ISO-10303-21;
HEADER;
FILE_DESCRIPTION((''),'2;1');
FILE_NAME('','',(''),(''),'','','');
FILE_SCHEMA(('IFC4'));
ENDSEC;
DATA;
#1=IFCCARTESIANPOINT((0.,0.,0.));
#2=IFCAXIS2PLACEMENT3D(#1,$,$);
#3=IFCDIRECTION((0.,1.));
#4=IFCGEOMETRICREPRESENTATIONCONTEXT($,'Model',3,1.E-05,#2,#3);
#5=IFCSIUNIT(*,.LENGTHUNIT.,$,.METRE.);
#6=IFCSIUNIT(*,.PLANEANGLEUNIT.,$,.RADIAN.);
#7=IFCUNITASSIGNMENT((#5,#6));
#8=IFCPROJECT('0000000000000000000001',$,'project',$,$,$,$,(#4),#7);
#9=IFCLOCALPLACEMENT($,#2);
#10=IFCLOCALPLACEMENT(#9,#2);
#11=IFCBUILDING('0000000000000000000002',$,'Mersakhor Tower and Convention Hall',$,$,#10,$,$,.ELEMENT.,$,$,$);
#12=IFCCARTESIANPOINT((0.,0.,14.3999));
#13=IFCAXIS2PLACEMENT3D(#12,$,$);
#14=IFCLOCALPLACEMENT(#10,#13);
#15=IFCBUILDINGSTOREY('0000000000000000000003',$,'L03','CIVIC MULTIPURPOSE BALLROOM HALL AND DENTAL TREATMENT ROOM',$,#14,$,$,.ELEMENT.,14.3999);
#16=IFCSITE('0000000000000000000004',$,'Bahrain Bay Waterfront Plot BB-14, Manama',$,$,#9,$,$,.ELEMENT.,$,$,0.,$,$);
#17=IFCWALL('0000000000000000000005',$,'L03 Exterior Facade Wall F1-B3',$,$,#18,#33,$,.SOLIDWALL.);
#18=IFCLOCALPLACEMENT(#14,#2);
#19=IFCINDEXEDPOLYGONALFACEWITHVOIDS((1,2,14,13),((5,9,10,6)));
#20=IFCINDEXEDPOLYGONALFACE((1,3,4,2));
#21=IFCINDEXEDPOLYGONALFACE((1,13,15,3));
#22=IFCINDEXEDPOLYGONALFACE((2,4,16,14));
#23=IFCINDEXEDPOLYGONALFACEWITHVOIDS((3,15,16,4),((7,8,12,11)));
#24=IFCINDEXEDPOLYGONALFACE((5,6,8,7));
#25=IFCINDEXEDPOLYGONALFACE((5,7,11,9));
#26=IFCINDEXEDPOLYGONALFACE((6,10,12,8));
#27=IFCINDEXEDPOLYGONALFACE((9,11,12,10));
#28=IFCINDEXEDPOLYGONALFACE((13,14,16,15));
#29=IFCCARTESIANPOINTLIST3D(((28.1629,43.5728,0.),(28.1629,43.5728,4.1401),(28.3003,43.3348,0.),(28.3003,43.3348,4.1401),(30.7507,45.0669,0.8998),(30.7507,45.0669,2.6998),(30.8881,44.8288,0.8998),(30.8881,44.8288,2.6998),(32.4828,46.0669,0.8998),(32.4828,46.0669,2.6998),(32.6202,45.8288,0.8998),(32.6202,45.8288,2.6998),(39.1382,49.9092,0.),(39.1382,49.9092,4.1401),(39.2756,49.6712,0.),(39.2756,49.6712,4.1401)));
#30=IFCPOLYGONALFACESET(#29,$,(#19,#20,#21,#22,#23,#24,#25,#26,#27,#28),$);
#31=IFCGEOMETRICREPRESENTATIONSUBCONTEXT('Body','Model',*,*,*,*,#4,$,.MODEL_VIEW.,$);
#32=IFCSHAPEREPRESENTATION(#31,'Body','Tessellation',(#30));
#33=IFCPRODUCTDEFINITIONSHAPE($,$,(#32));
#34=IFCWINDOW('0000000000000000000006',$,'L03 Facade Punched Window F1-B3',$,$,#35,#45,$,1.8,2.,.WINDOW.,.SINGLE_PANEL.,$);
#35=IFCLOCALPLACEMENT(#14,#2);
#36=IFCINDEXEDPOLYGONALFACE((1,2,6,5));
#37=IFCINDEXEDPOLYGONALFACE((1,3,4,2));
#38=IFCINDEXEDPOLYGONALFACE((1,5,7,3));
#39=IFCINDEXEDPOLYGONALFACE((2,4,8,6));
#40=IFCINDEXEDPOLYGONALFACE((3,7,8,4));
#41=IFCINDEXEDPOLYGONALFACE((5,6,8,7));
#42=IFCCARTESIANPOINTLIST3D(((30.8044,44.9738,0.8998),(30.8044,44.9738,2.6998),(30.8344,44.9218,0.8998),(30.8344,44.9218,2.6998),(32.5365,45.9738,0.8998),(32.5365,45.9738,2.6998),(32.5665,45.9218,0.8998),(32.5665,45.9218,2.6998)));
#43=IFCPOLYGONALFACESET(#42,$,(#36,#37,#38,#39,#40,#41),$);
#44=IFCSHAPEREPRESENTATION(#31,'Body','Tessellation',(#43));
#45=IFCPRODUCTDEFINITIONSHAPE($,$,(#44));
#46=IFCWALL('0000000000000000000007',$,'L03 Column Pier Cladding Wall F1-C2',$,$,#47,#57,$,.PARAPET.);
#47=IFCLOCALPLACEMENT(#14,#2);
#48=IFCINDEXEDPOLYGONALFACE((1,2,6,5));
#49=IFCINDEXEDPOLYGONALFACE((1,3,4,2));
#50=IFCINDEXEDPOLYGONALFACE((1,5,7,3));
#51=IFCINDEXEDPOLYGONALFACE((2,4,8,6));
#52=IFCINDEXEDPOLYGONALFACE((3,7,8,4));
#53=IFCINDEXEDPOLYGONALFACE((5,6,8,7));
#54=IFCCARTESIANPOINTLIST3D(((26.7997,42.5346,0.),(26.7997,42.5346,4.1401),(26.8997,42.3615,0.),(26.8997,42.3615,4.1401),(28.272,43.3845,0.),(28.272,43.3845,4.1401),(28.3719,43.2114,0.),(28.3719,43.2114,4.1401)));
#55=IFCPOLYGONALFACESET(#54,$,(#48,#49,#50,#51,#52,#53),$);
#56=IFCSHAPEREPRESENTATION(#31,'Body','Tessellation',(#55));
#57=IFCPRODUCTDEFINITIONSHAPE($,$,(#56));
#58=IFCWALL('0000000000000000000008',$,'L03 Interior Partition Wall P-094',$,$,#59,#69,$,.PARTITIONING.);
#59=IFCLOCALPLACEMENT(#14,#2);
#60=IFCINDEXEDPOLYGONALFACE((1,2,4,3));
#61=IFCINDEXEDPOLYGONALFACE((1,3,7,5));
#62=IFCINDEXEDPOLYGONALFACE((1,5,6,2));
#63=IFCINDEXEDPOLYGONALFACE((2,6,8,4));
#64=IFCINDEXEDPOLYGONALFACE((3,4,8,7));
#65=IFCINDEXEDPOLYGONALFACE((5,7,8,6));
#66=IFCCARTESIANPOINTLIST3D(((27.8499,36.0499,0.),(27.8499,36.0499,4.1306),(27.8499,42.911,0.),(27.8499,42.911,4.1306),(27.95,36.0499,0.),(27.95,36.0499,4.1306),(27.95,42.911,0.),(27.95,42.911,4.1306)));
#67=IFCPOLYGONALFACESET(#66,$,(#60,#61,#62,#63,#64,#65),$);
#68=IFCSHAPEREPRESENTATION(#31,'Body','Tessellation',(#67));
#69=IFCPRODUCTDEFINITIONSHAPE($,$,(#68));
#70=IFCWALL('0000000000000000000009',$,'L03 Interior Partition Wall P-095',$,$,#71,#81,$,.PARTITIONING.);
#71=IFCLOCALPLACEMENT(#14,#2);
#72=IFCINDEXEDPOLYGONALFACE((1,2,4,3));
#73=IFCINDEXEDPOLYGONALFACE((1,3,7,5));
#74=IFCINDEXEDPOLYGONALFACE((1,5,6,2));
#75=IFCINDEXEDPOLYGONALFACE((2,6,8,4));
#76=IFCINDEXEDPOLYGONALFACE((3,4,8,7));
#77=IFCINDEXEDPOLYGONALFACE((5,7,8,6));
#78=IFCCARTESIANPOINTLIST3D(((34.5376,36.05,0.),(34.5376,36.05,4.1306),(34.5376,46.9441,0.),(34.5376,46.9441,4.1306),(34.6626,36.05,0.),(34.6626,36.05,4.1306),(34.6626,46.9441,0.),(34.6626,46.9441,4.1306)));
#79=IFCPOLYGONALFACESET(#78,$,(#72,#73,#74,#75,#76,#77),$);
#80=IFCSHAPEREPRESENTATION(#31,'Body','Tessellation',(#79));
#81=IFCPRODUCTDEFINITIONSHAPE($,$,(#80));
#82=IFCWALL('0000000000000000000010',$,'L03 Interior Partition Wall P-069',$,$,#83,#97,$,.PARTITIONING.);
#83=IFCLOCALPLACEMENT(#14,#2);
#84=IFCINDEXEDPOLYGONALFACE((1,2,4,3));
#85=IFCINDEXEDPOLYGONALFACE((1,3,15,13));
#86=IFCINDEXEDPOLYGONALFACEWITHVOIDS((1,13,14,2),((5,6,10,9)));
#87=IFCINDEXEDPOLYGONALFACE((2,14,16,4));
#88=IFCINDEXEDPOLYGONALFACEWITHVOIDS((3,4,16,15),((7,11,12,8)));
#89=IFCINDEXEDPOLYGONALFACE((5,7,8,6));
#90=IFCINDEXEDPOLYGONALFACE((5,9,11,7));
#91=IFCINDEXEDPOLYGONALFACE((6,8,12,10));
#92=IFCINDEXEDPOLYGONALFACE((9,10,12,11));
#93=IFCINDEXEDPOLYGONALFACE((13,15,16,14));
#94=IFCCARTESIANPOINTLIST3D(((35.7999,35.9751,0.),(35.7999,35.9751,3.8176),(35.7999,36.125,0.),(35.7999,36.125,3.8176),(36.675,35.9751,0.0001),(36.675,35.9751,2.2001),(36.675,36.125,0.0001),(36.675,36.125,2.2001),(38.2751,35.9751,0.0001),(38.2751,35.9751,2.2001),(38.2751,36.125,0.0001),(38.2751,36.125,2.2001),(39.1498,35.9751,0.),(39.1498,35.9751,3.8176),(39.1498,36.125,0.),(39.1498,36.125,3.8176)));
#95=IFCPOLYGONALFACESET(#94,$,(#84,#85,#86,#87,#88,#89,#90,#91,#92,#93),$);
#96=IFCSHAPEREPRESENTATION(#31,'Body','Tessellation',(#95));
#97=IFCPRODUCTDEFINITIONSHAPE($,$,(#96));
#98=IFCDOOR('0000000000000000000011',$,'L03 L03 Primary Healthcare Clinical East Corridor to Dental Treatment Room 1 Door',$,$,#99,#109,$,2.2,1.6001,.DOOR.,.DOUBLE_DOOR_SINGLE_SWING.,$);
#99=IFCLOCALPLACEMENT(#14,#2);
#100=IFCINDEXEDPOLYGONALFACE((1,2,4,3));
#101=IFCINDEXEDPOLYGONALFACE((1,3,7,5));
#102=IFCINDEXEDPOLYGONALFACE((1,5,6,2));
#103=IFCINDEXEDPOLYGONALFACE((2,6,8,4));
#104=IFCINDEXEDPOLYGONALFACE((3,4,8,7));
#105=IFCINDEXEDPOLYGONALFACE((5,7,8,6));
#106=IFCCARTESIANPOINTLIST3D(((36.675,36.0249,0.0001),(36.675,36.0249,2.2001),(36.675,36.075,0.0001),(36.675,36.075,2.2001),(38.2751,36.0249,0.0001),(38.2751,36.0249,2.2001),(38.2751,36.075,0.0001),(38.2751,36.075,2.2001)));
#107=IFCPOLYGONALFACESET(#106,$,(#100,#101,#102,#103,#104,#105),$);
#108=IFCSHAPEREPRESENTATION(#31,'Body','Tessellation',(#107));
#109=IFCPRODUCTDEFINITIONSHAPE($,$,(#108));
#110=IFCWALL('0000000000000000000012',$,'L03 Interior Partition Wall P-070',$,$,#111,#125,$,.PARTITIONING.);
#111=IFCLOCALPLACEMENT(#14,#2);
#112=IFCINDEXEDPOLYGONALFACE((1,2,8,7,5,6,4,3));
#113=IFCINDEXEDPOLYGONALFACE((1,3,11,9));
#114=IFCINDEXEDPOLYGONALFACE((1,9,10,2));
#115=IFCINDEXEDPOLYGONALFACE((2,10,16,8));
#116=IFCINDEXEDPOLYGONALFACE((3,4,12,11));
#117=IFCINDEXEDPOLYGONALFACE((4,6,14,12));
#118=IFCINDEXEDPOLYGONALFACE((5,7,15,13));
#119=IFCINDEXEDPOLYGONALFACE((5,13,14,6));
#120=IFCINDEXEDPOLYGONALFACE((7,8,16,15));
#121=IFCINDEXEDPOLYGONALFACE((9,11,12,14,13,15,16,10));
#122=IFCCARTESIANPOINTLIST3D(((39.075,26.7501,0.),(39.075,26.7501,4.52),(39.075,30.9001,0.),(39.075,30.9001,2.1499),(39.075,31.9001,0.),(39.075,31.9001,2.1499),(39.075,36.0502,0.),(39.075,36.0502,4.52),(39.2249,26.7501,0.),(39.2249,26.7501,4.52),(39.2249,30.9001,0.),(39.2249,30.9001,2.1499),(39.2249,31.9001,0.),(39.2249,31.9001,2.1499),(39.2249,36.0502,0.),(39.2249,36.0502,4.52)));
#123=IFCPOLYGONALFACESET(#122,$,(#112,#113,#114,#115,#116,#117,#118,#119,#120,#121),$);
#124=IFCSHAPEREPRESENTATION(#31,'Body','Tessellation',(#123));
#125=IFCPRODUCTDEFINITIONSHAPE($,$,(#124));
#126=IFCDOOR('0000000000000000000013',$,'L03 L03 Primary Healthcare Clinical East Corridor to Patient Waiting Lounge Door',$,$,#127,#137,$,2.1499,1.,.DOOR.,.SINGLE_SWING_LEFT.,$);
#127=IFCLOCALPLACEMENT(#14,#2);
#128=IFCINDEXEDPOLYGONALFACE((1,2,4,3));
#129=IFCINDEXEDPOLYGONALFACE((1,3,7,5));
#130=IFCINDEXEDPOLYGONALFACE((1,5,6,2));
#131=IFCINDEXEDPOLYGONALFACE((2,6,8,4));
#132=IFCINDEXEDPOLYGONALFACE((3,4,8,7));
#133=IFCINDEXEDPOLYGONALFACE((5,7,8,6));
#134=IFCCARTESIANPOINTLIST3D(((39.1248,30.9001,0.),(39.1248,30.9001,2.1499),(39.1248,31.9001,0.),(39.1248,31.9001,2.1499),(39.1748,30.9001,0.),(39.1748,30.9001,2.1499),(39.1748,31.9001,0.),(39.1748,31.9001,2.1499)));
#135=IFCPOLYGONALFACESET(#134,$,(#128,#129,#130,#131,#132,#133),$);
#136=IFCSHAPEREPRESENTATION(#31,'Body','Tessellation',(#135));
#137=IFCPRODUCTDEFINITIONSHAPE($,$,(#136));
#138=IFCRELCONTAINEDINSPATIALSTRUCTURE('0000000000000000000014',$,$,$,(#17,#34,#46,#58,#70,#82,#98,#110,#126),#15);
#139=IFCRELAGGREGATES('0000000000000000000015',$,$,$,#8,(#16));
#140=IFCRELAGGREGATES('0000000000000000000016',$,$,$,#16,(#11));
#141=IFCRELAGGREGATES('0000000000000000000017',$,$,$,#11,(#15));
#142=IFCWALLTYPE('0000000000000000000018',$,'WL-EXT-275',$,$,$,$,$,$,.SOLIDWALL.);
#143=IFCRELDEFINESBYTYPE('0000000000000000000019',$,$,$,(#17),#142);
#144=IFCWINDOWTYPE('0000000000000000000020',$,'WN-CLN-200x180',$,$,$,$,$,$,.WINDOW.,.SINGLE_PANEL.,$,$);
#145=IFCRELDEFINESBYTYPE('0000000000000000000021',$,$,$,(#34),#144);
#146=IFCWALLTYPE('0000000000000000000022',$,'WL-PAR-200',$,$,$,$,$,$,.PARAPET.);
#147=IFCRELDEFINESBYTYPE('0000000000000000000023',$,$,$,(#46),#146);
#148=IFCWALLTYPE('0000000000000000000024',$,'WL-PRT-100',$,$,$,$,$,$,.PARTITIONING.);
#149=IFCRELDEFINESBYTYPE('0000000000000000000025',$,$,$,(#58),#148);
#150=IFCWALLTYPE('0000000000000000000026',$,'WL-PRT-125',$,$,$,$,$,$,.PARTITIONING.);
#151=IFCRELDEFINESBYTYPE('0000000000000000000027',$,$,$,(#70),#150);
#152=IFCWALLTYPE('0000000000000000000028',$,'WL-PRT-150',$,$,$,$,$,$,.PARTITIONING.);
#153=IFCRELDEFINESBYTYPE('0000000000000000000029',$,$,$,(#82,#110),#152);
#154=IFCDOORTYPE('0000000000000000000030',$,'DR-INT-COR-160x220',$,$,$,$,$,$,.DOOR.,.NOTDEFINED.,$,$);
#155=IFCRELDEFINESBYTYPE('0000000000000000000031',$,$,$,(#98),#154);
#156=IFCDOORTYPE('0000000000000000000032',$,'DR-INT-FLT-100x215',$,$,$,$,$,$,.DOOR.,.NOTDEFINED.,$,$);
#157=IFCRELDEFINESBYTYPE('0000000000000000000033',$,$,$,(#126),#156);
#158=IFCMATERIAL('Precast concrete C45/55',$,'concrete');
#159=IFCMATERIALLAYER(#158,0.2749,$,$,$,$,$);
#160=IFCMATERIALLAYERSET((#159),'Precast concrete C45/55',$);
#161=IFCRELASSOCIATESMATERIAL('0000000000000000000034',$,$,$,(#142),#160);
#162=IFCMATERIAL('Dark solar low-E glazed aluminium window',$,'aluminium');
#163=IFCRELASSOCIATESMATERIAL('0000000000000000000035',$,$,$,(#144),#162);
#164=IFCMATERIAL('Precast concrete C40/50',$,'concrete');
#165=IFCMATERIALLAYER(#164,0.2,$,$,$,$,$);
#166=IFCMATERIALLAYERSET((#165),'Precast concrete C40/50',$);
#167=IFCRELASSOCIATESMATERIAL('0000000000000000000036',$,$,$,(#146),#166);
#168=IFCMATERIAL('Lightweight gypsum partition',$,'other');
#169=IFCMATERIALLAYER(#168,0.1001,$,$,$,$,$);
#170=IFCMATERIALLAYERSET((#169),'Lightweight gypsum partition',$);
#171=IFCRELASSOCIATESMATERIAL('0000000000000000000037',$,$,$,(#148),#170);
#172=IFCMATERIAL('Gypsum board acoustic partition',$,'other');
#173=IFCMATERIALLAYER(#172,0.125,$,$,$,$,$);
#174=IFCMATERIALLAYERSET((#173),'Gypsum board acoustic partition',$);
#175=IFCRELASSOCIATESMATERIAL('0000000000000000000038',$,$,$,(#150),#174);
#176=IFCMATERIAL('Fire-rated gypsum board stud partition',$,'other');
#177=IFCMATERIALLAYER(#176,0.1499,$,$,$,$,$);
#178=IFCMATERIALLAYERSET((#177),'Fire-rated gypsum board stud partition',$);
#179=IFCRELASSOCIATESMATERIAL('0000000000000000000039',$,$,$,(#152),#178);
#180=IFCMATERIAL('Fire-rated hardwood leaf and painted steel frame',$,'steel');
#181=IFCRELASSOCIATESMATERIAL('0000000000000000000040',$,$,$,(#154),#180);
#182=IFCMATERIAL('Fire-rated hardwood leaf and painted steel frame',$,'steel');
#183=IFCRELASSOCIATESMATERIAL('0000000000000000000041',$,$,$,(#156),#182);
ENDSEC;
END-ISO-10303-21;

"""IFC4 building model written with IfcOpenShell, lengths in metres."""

from ifc_helpers import new_model, si_unit, direction, frame, frame_2d, origin, place, context, subcontext, project, spatial, rectangle, extrude, material, layer, layer_set, type_object, element, fill, save


model = new_model("IFC4")

# Units and contexts
model_context = context("Model", 3, precision=1e-05, world=origin(), true_north=direction((0.0, 1.0)))
body_context = subcontext(model_context, "Body", "Model", "MODEL_VIEW")
ifc_project = project(units=[si_unit("LENGTHUNIT", "METRE"), si_unit("PLANEANGLEUNIT", "RADIAN")], contexts=[model_context])

# Site, building, storey
site_placement = place(None, origin())
site = spatial("IfcSite", under=ifc_project, at=site_placement, Name="Bahrain Bay Waterfront Plot BB-14, Manama", CompositionType="ELEMENT", RefElevation=0.0)
building_placement = place(site_placement, origin())
building = spatial("IfcBuilding", under=site, at=building_placement, Name="Mersakhor Tower and Convention Hall", CompositionType="ELEMENT")
storey_placement = place(building_placement, frame((0.0, 0.0, 14.3999)))
storey = spatial("IfcBuildingStorey", under=building, at=storey_placement, Name="L03", Description="CIVIC MULTIPURPOSE BALLROOM HALL AND DENTAL TREATMENT ROOM", CompositionType="ELEMENT", Elevation=14.3999)

# Shared definitions
ifc_material_1 = material(Name="Precast concrete C45/55", Category="concrete")
ifc_layer_1 = layer(ifc_material_1, 0.2749)
ifc_layer_set_1 = layer_set([ifc_layer_1], Name="Precast concrete C45/55")
wall_type_1 = type_object("IfcWallType", Name="WL-EXT-275", PredefinedType="SOLIDWALL", material=ifc_layer_set_1)

# Wall, opening, window
wall_1_placement = place(storey_placement, frame((28.2317, 43.4539, 0.0), z_axis=(0.0, 0.0, 1.0), x_axis=(0.866032, 0.499989, 0.0)))
wall_1 = element("IfcWall", 1, at=wall_1_placement, inside=storey, type_object=wall_type_1, Name="L03 Exterior Facade Wall F1-B3", PredefinedType="SOLIDWALL", context=body_context, shape_type="SweptSolid", body=[
    extrude(rectangle(XDim=12.6731, YDim=0.2749, at=frame_2d((6.3364, 0.0))), origin(), (0.0, 0.0, 1.0), 4.1401),
])
opening_1_placement = place(wall_1_placement, frame((2.988, 0.0, 0.8999)))
opening_1 = element("IfcOpeningElement", 2, at=opening_1_placement, cuts=wall_1, PredefinedType="OPENING", context=body_context, shape_type="SweptSolid", body=[
    extrude(rectangle(XDim=2.0, YDim=1.8, at=frame_2d((1.0, 0.8999))), frame((0.0, 0.1475, 0.0), z_axis=(0.0, -1.0, 0.0), x_axis=(1.0, 0.0, 0.0)), (0.0, 0.0, 1.0), 0.2949),
])
ifc_material_2 = material(Name="Dark solar low-E glazed aluminium window", Category="aluminium")
window_type = type_object("IfcWindowType", Name="WN-CLN-200x180", PartitioningType="SINGLE_PANEL", PredefinedType="WINDOW", material=ifc_material_2)
window_placement = place(opening_1_placement, origin())
window = element("IfcWindow", 3, at=window_placement, inside=storey, type_object=window_type, Name="L03 Facade Punched Window F1-B3", OverallHeight=1.8, OverallWidth=2.0, PartitioningType="SINGLE_PANEL", PredefinedType="WINDOW", context=body_context, shape_type="SweptSolid", body=[
    extrude(rectangle(XDim=2.0, YDim=1.8, at=frame_2d((1.0, 0.8999))), frame((0.0, 0.03, 0.0), z_axis=(0.0, -1.0, 0.0), x_axis=(1.0, 0.0, 0.0)), (0.0, 0.0, 1.0), 0.0601),
])
fill(opening_1, window)

# Walls
ifc_material_3 = material(Name="Precast concrete C40/50", Category="concrete")
ifc_layer_2 = layer(ifc_material_3, 0.2)
ifc_layer_set_2 = layer_set([ifc_layer_2], Name="Precast concrete C40/50")
wall_type_2 = type_object("IfcWallType", Name="WL-PAR-200", PredefinedType="PARAPET", material=ifc_layer_set_2)
wall_2_placement = place(storey_placement, frame((26.8496, 42.448, 0.0), z_axis=(0.0, 0.0, 1.0), x_axis=(0.866052, 0.499955, 0.0)))
element("IfcWall", 4, at=wall_2_placement, inside=storey, type_object=wall_type_2, Name="L03 Column Pier Cladding Wall F1-C2", PredefinedType="PARAPET", context=body_context, shape_type="SweptSolid", body=[
    extrude(rectangle(XDim=1.7, YDim=0.2, at=frame_2d((0.8501, 0.0))), origin(), (0.0, 0.0, 1.0), 4.1401),
])
ifc_material_4 = material(Name="Lightweight gypsum partition", Category="other")
ifc_layer_3 = layer(ifc_material_4, 0.1001)
ifc_layer_set_3 = layer_set([ifc_layer_3], Name="Lightweight gypsum partition")
wall_type_3 = type_object("IfcWallType", Name="WL-PRT-100", PredefinedType="PARTITIONING", material=ifc_layer_set_3)
wall_3_placement = place(storey_placement, frame((27.8999, 42.9111, 0.0), z_axis=(0.0, 0.0, 1.0), x_axis=(0.0, -1.0, 0.0)))
element("IfcWall", 5, at=wall_3_placement, inside=storey, type_object=wall_type_3, Name="L03 Interior Partition Wall P-094", PredefinedType="PARTITIONING", context=body_context, shape_type="SweptSolid", body=[
    extrude(rectangle(XDim=6.8611, YDim=0.1001, at=frame_2d((3.4307, 0.0))), origin(), (0.0, 0.0, 1.0), 4.1306),
])
ifc_material_5 = material(Name="Gypsum board acoustic partition", Category="other")
ifc_layer_4 = layer(ifc_material_5, 0.125)
ifc_layer_set_4 = layer_set([ifc_layer_4], Name="Gypsum board acoustic partition")
wall_type_4 = type_object("IfcWallType", Name="WL-PRT-125", PredefinedType="PARTITIONING", material=ifc_layer_set_4)
wall_4_placement = place(storey_placement, frame((34.6001, 46.9441, 0.0), z_axis=(0.0, 0.0, 1.0), x_axis=(0.0, -1.0, 0.0)))
element("IfcWall", 6, at=wall_4_placement, inside=storey, type_object=wall_type_4, Name="L03 Interior Partition Wall P-095", PredefinedType="PARTITIONING", context=body_context, shape_type="SweptSolid", body=[
    extrude(rectangle(XDim=10.894, YDim=0.125, at=frame_2d((5.447, 0.0))), origin(), (0.0, 0.0, 1.0), 4.1306),
])

# Walls, openings, doors
ifc_material_6 = material(Name="Fire-rated gypsum board stud partition", Category="other")
ifc_layer_5 = layer(ifc_material_6, 0.1499)
ifc_layer_set_5 = layer_set([ifc_layer_5], Name="Fire-rated gypsum board stud partition")
wall_type_5 = type_object("IfcWallType", Name="WL-PRT-150", PredefinedType="PARTITIONING", material=ifc_layer_set_5)
wall_5_placement = place(storey_placement, frame((35.8, 36.05, 0.0), z_axis=(0.0, 0.0, 1.0), x_axis=(1.0, 0.0, 0.0)))
wall_5 = element("IfcWall", 7, at=wall_5_placement, inside=storey, type_object=wall_type_5, Name="L03 Interior Partition Wall P-069", PredefinedType="PARTITIONING", context=body_context, shape_type="SweptSolid", body=[
    extrude(rectangle(XDim=3.3499, YDim=0.1499, at=frame_2d((1.6748, 0.0))), origin(), (0.0, 0.0, 1.0), 3.8176),
])
opening_2_placement = place(wall_5_placement, frame((0.875, 0.0, 0.0)))
opening_2 = element("IfcOpeningElement", 8, at=opening_2_placement, cuts=wall_5, PredefinedType="OPENING", context=body_context, shape_type="SweptSolid", body=[
    extrude(rectangle(XDim=1.6001, YDim=2.2, at=frame_2d((0.8, 1.1001))), frame((0.0, 0.085, 0.0), z_axis=(0.0, -1.0, 0.0), x_axis=(1.0, 0.0, 0.0)), (0.0, 0.0, 1.0), 0.1699),
])
ifc_material_7 = material(Name="Fire-rated hardwood leaf and painted steel frame", Category="steel")
door_type_1 = type_object("IfcDoorType", Name="DR-INT-COR-160x220", OperationType="NOTDEFINED", PredefinedType="DOOR", material=ifc_material_7)
door_1_placement = place(opening_2_placement, origin())
door_1 = element("IfcDoor", 9, at=door_1_placement, inside=storey, type_object=door_type_1, Name="L03 L03 Primary Healthcare Clinical East Corridor to Dental Treatment Room 1 Door", OperationType="DOUBLE_DOOR_SINGLE_SWING", OverallHeight=2.2, OverallWidth=1.6001, PredefinedType="DOOR", context=body_context, shape_type="SweptSolid", body=[
    extrude(rectangle(XDim=1.6001, YDim=2.2, at=frame_2d((0.8, 1.1001))), frame((0.0, 0.0249, 0.0), z_axis=(0.0, -1.0, 0.0), x_axis=(1.0, 0.0, 0.0)), (0.0, 0.0, 1.0), 0.05),
])
fill(opening_2, door_1)
wall_6_placement = place(storey_placement, frame((39.1499, 36.05, 0.0), z_axis=(0.0, 0.0, 1.0), x_axis=(0.0, -1.0, 0.0)))
wall_6 = element("IfcWall", 10, at=wall_6_placement, inside=storey, type_object=wall_type_5, Name="L03 Interior Partition Wall P-070", PredefinedType="PARTITIONING", context=body_context, shape_type="SweptSolid", body=[
    extrude(rectangle(XDim=9.3, YDim=0.1499, at=frame_2d((4.6499, 0.0))), origin(), (0.0, 0.0, 1.0), 4.52),
])
opening_3_placement = place(wall_6_placement, frame((4.1499, 0.0, 0.0)))
opening_3 = element("IfcOpeningElement", 11, at=opening_3_placement, cuts=wall_6, PredefinedType="OPENING", context=body_context, shape_type="SweptSolid", body=[
    extrude(rectangle(XDim=1.0, YDim=2.1499, at=frame_2d((0.5, 1.075))), frame((0.0, 0.085, 0.0), z_axis=(0.0, -1.0, 0.0), x_axis=(1.0, 0.0, 0.0)), (0.0, 0.0, 1.0), 0.1699),
])
ifc_material_8 = material(Name="Fire-rated hardwood leaf and painted steel frame", Category="steel")
door_type_2 = type_object("IfcDoorType", Name="DR-INT-FLT-100x215", OperationType="NOTDEFINED", PredefinedType="DOOR", material=ifc_material_8)
door_2_placement = place(opening_3_placement, origin())
door_2 = element("IfcDoor", 12, at=door_2_placement, inside=storey, type_object=door_type_2, Name="L03 L03 Primary Healthcare Clinical East Corridor to Patient Waiting Lounge Door", OperationType="SINGLE_SWING_LEFT", OverallHeight=2.1499, OverallWidth=1.0, PredefinedType="DOOR", context=body_context, shape_type="SweptSolid", body=[
    extrude(rectangle(XDim=1.0, YDim=2.1499, at=frame_2d((0.5, 1.075))), frame((0.0, 0.0249, 0.0), z_axis=(0.0, -1.0, 0.0), x_axis=(1.0, 0.0, 0.0)), (0.0, 0.0, 1.0), 0.05),
])
fill(opening_3, door_2)

save(model, "model.ifc")
